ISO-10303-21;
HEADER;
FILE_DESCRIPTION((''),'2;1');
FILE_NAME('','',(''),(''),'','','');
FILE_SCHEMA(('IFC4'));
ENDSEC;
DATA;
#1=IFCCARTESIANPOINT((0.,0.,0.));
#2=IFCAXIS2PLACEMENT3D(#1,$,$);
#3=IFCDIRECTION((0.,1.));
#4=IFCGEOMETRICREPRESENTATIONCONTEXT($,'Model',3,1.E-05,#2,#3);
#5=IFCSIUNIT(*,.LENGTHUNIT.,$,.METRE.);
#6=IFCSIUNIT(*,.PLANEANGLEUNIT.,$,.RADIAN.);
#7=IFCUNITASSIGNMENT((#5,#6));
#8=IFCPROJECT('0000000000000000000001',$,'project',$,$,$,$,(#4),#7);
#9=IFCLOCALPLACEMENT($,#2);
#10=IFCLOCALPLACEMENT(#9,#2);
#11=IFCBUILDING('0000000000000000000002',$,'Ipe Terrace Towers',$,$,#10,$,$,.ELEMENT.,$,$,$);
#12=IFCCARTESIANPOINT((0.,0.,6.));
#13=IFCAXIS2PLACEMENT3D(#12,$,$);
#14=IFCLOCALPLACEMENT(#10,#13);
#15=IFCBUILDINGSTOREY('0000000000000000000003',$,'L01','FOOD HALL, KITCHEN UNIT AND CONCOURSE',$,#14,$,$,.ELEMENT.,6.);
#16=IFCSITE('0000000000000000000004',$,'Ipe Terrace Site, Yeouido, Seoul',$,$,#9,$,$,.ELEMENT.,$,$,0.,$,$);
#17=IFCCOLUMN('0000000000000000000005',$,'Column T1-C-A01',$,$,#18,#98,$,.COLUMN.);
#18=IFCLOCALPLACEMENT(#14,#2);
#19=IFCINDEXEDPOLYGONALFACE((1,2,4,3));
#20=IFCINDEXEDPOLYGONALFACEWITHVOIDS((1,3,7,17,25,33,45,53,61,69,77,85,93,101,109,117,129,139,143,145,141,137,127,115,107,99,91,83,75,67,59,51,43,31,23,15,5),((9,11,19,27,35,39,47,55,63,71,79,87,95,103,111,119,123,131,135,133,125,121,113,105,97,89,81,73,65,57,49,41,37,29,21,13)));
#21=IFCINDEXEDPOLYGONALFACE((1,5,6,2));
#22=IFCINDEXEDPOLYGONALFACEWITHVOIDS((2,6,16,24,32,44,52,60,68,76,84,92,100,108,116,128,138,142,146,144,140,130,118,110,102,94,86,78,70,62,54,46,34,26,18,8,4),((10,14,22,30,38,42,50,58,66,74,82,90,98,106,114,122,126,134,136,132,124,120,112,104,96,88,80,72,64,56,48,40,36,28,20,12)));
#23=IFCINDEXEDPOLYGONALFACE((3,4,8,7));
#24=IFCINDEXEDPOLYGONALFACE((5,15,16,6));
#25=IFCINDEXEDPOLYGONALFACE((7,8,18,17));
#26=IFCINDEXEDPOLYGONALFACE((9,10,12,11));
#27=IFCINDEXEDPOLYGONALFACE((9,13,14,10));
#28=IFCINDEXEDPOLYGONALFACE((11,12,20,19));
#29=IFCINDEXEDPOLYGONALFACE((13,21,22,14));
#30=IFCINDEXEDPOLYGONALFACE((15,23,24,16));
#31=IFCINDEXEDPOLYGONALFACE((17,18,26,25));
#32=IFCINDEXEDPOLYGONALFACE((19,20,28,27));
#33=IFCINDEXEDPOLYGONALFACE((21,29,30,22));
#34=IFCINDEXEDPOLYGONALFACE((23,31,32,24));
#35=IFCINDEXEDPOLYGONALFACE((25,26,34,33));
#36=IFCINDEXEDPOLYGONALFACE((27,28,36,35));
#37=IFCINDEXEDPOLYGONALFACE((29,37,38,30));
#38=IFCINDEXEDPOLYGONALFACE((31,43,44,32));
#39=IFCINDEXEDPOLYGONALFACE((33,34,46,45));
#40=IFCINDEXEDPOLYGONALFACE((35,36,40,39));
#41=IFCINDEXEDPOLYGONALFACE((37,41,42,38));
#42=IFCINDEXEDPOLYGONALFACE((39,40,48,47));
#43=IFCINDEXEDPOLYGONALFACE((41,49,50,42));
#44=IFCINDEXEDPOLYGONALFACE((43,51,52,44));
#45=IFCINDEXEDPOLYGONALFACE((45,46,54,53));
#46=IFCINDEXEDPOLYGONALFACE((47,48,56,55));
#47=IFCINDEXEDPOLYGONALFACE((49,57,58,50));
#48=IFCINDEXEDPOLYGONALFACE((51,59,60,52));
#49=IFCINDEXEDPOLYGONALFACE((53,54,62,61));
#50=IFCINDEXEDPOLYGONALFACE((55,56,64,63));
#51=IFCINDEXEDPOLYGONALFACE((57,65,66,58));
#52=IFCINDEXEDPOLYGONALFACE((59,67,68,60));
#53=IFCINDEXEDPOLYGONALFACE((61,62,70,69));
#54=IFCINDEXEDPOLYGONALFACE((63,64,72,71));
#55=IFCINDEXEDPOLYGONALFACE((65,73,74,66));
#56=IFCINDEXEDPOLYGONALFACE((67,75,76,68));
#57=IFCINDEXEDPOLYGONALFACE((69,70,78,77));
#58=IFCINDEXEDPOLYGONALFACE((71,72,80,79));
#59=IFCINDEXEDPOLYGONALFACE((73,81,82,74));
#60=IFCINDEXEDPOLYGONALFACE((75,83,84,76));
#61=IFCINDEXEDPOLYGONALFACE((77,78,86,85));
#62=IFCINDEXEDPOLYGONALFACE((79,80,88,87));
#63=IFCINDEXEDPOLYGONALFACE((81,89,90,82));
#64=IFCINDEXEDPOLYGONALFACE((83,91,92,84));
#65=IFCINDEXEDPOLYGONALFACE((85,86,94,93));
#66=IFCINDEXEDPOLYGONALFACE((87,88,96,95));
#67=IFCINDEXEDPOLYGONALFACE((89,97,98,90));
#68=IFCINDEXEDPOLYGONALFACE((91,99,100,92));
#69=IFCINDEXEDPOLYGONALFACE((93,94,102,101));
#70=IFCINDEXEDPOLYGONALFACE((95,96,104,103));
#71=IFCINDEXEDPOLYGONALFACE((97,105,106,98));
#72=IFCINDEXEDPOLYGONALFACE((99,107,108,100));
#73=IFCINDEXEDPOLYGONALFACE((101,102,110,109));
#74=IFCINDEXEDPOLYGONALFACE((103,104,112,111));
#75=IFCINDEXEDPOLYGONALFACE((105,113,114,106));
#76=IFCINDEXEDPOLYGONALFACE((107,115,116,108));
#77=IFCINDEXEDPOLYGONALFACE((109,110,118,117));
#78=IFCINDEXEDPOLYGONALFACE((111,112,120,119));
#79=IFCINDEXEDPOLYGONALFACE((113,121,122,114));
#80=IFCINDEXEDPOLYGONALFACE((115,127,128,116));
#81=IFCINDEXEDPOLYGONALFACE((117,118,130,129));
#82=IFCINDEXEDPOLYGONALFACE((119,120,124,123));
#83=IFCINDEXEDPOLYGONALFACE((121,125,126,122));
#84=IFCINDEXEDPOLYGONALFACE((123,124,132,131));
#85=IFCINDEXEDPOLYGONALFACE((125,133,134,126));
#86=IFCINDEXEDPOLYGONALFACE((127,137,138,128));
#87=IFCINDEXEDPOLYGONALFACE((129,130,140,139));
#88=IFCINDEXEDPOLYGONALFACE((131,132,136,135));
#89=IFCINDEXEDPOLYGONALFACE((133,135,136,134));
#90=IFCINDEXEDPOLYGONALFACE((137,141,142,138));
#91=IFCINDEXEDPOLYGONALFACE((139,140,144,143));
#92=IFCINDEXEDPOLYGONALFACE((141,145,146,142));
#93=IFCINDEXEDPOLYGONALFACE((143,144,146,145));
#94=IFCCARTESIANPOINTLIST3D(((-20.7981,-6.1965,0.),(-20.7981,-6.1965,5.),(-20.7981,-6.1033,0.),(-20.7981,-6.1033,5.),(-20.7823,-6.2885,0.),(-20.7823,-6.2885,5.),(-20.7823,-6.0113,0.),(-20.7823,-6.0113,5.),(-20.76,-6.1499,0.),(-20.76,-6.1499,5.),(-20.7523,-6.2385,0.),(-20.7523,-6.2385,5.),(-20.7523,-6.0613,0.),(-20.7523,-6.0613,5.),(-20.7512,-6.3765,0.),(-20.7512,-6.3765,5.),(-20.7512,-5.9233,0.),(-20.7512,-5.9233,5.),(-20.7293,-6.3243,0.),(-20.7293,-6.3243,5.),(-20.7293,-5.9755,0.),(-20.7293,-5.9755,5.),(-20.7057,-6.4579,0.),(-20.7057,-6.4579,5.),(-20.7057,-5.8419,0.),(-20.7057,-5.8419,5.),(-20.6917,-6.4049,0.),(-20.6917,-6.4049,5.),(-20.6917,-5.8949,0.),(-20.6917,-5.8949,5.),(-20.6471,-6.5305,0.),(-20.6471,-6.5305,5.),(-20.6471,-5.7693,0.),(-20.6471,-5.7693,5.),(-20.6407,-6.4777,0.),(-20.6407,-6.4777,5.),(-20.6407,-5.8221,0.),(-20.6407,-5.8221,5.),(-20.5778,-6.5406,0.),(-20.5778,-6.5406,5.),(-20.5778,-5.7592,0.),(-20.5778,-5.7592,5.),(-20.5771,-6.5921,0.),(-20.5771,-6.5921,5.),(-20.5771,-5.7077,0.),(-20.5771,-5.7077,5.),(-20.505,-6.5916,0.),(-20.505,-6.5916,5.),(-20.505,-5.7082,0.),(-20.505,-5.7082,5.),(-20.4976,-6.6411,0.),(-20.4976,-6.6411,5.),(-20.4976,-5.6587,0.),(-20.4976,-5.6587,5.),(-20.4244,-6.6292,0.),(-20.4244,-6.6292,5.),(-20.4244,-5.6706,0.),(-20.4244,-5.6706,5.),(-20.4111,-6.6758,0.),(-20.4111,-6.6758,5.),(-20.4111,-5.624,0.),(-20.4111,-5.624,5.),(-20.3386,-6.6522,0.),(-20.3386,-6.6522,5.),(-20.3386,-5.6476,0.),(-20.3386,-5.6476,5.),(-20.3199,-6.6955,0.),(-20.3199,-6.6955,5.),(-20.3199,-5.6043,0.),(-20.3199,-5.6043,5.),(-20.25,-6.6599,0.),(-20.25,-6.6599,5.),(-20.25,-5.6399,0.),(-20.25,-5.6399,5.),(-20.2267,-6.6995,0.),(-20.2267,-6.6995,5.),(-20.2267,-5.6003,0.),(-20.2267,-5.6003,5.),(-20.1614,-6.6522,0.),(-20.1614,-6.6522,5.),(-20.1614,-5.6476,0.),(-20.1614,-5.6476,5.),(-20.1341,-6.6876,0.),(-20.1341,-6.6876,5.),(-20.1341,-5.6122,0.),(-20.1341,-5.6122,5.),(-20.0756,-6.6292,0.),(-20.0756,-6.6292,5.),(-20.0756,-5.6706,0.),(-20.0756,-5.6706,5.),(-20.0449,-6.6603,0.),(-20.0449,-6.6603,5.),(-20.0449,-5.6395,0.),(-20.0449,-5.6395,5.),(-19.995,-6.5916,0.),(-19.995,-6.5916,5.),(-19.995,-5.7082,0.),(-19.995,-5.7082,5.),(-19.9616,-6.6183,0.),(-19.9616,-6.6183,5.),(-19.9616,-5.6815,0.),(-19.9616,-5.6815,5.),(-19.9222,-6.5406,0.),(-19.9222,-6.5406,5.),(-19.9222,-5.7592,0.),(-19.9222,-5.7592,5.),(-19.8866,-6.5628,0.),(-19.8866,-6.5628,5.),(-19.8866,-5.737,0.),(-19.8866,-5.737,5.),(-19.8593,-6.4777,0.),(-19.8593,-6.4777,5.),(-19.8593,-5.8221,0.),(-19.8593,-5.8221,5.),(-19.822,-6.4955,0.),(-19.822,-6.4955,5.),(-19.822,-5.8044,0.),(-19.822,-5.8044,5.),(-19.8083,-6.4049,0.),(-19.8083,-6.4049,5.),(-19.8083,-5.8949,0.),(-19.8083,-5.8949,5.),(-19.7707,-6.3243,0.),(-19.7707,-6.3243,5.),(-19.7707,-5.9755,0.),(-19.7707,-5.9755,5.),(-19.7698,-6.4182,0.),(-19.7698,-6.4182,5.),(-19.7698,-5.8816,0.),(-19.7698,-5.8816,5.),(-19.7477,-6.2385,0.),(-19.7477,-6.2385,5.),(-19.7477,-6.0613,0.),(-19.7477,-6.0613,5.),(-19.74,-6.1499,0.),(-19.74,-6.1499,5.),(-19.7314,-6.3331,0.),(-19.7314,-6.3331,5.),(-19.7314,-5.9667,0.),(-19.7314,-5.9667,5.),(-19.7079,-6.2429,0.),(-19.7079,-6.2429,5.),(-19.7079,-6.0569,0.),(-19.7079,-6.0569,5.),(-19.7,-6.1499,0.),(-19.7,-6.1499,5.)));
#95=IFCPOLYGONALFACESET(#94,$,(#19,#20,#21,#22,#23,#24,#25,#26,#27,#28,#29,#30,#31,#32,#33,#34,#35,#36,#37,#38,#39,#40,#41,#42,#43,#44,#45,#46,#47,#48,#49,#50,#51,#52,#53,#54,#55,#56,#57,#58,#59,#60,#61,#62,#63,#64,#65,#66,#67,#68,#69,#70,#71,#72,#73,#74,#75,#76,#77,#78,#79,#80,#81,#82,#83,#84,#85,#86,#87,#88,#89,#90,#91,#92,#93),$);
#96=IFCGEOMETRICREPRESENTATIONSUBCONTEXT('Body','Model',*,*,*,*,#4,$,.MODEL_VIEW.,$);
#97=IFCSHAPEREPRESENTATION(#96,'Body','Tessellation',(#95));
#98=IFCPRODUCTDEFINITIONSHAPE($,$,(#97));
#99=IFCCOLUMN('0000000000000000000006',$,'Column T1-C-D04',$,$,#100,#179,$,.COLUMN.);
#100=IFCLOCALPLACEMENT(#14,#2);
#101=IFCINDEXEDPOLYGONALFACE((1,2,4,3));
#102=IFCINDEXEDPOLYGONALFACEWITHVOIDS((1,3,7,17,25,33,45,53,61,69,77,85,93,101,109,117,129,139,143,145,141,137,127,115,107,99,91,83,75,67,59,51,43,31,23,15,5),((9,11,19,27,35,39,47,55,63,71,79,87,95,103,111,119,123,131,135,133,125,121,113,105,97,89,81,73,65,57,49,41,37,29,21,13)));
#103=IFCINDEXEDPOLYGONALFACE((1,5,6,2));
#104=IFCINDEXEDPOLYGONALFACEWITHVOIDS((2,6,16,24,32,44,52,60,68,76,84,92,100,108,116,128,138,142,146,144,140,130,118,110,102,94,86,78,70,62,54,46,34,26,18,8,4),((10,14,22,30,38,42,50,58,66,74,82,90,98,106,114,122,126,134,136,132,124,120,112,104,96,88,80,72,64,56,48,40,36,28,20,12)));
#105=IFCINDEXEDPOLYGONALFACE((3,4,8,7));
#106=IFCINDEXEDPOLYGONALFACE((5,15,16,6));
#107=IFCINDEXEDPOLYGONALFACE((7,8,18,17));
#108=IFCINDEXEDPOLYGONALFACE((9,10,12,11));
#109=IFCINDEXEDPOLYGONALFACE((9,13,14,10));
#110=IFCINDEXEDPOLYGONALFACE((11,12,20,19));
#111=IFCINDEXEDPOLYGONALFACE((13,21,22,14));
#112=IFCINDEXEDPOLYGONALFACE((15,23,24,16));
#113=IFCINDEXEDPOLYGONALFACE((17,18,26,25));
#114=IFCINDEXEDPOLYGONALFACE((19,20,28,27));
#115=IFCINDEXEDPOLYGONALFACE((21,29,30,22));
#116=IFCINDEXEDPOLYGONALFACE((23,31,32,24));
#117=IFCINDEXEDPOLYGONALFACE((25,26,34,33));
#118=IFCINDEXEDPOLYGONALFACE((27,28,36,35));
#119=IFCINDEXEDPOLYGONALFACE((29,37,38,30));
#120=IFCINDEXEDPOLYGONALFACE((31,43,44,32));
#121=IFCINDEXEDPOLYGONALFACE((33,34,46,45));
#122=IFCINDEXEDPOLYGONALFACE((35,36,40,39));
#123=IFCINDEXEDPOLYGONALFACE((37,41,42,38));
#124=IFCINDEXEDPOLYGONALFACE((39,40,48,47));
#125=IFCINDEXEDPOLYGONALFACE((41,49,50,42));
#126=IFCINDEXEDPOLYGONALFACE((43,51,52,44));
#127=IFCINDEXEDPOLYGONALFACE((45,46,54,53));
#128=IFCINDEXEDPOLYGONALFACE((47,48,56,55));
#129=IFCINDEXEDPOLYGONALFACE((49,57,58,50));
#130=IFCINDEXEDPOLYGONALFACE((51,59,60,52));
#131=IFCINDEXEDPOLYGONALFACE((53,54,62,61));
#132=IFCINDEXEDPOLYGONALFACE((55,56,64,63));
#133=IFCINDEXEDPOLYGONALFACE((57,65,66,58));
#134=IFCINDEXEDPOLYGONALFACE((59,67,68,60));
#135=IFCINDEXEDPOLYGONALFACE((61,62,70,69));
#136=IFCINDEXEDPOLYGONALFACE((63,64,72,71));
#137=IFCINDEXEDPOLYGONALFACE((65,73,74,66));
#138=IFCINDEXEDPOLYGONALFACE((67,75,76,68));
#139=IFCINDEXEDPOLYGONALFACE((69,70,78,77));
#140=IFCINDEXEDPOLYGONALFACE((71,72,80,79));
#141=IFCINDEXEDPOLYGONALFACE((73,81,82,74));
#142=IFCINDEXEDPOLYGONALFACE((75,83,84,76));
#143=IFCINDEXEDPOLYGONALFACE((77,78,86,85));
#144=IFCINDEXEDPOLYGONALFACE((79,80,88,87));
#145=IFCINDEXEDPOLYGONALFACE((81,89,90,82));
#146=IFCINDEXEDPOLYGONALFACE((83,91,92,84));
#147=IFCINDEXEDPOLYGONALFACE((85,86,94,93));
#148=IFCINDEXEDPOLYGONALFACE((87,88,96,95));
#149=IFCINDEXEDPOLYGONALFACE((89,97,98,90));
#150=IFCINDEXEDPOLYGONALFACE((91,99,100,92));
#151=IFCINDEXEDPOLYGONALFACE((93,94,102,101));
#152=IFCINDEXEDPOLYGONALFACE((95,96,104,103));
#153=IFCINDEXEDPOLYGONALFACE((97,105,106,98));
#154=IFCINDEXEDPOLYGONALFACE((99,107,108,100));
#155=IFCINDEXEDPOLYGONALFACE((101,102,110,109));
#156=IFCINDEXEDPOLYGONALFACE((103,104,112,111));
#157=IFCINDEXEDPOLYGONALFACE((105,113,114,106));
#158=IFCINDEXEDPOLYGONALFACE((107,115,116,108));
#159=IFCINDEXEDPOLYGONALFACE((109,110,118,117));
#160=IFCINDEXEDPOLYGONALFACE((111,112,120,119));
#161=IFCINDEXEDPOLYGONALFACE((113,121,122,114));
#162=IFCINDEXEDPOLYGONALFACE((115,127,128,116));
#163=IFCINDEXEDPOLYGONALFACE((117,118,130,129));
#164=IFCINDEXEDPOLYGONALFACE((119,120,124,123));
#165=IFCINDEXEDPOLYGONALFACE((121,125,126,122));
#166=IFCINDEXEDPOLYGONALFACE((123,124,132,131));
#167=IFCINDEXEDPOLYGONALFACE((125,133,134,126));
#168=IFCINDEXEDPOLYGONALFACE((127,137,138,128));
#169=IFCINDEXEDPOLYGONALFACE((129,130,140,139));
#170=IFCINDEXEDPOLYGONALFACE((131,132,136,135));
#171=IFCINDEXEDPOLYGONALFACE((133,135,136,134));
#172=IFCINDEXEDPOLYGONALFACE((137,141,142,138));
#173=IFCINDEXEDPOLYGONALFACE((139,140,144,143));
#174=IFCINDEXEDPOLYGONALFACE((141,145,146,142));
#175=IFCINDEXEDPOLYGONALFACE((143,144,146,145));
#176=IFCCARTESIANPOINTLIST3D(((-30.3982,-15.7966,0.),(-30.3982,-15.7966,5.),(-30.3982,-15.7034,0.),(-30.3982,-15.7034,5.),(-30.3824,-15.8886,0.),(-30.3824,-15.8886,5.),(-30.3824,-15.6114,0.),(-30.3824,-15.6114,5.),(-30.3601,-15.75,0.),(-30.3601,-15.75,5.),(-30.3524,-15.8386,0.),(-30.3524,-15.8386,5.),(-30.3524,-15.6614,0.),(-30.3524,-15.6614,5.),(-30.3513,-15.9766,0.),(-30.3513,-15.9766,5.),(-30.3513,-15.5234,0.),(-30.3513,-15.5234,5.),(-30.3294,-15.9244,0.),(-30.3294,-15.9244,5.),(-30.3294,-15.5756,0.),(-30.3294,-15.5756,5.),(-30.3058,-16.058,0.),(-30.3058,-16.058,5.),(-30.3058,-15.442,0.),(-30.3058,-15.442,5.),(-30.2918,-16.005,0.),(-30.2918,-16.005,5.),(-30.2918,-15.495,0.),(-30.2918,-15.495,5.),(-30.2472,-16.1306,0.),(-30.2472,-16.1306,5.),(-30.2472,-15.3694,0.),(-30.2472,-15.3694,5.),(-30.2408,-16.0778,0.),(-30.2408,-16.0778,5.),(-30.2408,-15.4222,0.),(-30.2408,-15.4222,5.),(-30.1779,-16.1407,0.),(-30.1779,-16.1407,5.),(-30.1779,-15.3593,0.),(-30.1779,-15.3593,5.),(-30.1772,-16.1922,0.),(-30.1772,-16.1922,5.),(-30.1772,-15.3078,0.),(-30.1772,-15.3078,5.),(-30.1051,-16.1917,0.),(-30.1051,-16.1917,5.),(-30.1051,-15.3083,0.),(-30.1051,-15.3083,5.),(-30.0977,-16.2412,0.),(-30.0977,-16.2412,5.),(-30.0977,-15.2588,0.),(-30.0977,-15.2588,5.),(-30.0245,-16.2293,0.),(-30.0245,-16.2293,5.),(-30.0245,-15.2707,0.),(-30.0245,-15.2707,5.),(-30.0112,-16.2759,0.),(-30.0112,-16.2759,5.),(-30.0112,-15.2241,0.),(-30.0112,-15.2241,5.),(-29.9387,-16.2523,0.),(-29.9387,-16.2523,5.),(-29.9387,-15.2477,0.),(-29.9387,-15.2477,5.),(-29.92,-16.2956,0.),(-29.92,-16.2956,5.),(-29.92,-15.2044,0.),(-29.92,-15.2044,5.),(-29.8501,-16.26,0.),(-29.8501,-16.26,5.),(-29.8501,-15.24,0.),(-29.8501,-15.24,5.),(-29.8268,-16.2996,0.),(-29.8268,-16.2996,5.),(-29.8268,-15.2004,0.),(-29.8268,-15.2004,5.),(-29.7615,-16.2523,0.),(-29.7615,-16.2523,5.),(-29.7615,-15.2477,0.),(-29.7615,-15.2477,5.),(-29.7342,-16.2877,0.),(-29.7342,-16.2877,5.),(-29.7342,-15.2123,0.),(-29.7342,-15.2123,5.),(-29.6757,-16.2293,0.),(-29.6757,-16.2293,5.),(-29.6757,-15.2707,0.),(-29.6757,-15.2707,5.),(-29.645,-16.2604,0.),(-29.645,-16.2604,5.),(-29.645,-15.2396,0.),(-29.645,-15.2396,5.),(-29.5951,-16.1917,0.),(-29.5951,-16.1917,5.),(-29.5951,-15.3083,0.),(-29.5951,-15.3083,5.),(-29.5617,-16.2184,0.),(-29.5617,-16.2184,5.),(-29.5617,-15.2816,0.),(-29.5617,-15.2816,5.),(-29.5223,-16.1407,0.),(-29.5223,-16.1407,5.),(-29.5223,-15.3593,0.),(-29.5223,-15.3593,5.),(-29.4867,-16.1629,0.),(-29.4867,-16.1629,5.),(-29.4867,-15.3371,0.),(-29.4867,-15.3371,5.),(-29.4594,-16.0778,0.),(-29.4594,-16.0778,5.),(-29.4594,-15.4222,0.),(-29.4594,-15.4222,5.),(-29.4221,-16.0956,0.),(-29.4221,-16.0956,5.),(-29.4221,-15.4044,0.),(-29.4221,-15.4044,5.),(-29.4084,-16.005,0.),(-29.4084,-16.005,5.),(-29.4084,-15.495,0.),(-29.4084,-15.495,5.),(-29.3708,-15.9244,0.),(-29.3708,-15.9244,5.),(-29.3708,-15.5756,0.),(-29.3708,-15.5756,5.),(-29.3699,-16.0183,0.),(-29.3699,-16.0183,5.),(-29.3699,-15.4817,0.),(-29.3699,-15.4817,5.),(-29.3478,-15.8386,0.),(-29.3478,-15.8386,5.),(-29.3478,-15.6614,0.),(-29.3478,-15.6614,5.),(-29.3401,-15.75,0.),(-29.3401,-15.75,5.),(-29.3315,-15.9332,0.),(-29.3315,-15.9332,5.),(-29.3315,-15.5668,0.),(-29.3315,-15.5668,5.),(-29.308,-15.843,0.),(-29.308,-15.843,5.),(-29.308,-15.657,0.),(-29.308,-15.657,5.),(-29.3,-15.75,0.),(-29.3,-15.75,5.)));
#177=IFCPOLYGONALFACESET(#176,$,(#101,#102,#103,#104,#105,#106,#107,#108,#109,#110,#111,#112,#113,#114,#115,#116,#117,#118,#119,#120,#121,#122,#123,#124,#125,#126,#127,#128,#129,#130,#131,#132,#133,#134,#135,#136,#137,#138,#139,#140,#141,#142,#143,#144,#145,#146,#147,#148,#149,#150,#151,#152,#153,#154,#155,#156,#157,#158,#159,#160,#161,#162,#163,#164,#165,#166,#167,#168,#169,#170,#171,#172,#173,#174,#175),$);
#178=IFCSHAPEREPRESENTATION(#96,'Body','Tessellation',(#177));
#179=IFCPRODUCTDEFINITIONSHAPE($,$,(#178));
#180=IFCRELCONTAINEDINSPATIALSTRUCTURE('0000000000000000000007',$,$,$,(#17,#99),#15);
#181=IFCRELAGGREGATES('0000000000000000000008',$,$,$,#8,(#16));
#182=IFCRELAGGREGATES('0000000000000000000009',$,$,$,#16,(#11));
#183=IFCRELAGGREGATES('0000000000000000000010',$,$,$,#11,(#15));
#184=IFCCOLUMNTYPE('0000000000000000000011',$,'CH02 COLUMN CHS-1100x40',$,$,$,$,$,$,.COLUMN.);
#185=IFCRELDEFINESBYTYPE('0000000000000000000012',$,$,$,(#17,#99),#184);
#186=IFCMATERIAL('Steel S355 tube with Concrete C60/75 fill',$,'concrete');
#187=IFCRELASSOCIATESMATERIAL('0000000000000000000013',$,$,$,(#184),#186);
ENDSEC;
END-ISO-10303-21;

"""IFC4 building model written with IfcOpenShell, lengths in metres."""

from ifc_helpers import new_model, si_unit, direction, frame, origin, origin_2d, place, context, subcontext, project, spatial, hollow_circle, extrude, material, material_profile, profile_set, type_object, element, save


model = new_model("IFC4")

# Units and contexts
model_context = context("Model", 3, precision=1e-05, world=origin(), true_north=direction((0.0, 1.0)))
body_context = subcontext(model_context, "Body", "Model", "MODEL_VIEW")
ifc_project = project(units=[si_unit("LENGTHUNIT", "METRE"), si_unit("PLANEANGLEUNIT", "RADIAN")], contexts=[model_context])

# Site, building, storey
site_placement = place(None, origin())
site = spatial("IfcSite", under=ifc_project, at=site_placement, Name="Ipe Terrace Site, Yeouido, Seoul", CompositionType="ELEMENT", RefElevation=0.0)
building_placement = place(site_placement, origin())
building = spatial("IfcBuilding", under=site, at=building_placement, Name="Ipe Terrace Towers", CompositionType="ELEMENT")
storey_placement = place(building_placement, frame((0.0, 0.0, 6.0)))
storey = spatial("IfcBuildingStorey", under=building, at=storey_placement, Name="L01", Description="FOOD HALL, KITCHEN UNIT AND CONCOURSE", CompositionType="ELEMENT", Elevation=6.0)

# Columns
ifc_material_1 = material(Name="Steel S355 tube with Concrete C60/75 fill", Category="concrete")
ifc_material_profile_1 = material_profile(ifc_material_1, hollow_circle(Radius=0.55, WallThickness=0.04, at=origin_2d()), Name="CHS-1100x40")
ifc_profile_set_1 = profile_set([ifc_material_profile_1], Name="Steel S355 tube with Concrete C60/75 fill")
column_type_1 = type_object("IfcColumnType", Name="CH02 COLUMN CHS-1100x40", PredefinedType="COLUMN", material=ifc_profile_set_1)
for number, where, z_axis, x_axis, name in (
    (1, (-20.25, -6.1499, 0.0), (0.0, 0.0, 1.0), (1.0, 0.0, 0.0), "Column T1-C-A01"),
    (2, (-29.8501, -15.75, 0.0), (0.0, 0.0, 1.0), (1.0, 0.0, 0.0), "Column T1-C-D04"),
):
    element("IfcColumn", number, at=place(storey_placement, frame(where, z_axis=z_axis, x_axis=x_axis)), inside=storey, type_object=column_type_1, Name=name, PredefinedType="COLUMN", context=body_context, shape_type="SweptSolid", body=[
        extrude(hollow_circle(Radius=0.55, WallThickness=0.04, at=origin_2d()), origin(), (0.0, 0.0, 1.0), 5.0),
    ])

save(model, "model.ifc")
